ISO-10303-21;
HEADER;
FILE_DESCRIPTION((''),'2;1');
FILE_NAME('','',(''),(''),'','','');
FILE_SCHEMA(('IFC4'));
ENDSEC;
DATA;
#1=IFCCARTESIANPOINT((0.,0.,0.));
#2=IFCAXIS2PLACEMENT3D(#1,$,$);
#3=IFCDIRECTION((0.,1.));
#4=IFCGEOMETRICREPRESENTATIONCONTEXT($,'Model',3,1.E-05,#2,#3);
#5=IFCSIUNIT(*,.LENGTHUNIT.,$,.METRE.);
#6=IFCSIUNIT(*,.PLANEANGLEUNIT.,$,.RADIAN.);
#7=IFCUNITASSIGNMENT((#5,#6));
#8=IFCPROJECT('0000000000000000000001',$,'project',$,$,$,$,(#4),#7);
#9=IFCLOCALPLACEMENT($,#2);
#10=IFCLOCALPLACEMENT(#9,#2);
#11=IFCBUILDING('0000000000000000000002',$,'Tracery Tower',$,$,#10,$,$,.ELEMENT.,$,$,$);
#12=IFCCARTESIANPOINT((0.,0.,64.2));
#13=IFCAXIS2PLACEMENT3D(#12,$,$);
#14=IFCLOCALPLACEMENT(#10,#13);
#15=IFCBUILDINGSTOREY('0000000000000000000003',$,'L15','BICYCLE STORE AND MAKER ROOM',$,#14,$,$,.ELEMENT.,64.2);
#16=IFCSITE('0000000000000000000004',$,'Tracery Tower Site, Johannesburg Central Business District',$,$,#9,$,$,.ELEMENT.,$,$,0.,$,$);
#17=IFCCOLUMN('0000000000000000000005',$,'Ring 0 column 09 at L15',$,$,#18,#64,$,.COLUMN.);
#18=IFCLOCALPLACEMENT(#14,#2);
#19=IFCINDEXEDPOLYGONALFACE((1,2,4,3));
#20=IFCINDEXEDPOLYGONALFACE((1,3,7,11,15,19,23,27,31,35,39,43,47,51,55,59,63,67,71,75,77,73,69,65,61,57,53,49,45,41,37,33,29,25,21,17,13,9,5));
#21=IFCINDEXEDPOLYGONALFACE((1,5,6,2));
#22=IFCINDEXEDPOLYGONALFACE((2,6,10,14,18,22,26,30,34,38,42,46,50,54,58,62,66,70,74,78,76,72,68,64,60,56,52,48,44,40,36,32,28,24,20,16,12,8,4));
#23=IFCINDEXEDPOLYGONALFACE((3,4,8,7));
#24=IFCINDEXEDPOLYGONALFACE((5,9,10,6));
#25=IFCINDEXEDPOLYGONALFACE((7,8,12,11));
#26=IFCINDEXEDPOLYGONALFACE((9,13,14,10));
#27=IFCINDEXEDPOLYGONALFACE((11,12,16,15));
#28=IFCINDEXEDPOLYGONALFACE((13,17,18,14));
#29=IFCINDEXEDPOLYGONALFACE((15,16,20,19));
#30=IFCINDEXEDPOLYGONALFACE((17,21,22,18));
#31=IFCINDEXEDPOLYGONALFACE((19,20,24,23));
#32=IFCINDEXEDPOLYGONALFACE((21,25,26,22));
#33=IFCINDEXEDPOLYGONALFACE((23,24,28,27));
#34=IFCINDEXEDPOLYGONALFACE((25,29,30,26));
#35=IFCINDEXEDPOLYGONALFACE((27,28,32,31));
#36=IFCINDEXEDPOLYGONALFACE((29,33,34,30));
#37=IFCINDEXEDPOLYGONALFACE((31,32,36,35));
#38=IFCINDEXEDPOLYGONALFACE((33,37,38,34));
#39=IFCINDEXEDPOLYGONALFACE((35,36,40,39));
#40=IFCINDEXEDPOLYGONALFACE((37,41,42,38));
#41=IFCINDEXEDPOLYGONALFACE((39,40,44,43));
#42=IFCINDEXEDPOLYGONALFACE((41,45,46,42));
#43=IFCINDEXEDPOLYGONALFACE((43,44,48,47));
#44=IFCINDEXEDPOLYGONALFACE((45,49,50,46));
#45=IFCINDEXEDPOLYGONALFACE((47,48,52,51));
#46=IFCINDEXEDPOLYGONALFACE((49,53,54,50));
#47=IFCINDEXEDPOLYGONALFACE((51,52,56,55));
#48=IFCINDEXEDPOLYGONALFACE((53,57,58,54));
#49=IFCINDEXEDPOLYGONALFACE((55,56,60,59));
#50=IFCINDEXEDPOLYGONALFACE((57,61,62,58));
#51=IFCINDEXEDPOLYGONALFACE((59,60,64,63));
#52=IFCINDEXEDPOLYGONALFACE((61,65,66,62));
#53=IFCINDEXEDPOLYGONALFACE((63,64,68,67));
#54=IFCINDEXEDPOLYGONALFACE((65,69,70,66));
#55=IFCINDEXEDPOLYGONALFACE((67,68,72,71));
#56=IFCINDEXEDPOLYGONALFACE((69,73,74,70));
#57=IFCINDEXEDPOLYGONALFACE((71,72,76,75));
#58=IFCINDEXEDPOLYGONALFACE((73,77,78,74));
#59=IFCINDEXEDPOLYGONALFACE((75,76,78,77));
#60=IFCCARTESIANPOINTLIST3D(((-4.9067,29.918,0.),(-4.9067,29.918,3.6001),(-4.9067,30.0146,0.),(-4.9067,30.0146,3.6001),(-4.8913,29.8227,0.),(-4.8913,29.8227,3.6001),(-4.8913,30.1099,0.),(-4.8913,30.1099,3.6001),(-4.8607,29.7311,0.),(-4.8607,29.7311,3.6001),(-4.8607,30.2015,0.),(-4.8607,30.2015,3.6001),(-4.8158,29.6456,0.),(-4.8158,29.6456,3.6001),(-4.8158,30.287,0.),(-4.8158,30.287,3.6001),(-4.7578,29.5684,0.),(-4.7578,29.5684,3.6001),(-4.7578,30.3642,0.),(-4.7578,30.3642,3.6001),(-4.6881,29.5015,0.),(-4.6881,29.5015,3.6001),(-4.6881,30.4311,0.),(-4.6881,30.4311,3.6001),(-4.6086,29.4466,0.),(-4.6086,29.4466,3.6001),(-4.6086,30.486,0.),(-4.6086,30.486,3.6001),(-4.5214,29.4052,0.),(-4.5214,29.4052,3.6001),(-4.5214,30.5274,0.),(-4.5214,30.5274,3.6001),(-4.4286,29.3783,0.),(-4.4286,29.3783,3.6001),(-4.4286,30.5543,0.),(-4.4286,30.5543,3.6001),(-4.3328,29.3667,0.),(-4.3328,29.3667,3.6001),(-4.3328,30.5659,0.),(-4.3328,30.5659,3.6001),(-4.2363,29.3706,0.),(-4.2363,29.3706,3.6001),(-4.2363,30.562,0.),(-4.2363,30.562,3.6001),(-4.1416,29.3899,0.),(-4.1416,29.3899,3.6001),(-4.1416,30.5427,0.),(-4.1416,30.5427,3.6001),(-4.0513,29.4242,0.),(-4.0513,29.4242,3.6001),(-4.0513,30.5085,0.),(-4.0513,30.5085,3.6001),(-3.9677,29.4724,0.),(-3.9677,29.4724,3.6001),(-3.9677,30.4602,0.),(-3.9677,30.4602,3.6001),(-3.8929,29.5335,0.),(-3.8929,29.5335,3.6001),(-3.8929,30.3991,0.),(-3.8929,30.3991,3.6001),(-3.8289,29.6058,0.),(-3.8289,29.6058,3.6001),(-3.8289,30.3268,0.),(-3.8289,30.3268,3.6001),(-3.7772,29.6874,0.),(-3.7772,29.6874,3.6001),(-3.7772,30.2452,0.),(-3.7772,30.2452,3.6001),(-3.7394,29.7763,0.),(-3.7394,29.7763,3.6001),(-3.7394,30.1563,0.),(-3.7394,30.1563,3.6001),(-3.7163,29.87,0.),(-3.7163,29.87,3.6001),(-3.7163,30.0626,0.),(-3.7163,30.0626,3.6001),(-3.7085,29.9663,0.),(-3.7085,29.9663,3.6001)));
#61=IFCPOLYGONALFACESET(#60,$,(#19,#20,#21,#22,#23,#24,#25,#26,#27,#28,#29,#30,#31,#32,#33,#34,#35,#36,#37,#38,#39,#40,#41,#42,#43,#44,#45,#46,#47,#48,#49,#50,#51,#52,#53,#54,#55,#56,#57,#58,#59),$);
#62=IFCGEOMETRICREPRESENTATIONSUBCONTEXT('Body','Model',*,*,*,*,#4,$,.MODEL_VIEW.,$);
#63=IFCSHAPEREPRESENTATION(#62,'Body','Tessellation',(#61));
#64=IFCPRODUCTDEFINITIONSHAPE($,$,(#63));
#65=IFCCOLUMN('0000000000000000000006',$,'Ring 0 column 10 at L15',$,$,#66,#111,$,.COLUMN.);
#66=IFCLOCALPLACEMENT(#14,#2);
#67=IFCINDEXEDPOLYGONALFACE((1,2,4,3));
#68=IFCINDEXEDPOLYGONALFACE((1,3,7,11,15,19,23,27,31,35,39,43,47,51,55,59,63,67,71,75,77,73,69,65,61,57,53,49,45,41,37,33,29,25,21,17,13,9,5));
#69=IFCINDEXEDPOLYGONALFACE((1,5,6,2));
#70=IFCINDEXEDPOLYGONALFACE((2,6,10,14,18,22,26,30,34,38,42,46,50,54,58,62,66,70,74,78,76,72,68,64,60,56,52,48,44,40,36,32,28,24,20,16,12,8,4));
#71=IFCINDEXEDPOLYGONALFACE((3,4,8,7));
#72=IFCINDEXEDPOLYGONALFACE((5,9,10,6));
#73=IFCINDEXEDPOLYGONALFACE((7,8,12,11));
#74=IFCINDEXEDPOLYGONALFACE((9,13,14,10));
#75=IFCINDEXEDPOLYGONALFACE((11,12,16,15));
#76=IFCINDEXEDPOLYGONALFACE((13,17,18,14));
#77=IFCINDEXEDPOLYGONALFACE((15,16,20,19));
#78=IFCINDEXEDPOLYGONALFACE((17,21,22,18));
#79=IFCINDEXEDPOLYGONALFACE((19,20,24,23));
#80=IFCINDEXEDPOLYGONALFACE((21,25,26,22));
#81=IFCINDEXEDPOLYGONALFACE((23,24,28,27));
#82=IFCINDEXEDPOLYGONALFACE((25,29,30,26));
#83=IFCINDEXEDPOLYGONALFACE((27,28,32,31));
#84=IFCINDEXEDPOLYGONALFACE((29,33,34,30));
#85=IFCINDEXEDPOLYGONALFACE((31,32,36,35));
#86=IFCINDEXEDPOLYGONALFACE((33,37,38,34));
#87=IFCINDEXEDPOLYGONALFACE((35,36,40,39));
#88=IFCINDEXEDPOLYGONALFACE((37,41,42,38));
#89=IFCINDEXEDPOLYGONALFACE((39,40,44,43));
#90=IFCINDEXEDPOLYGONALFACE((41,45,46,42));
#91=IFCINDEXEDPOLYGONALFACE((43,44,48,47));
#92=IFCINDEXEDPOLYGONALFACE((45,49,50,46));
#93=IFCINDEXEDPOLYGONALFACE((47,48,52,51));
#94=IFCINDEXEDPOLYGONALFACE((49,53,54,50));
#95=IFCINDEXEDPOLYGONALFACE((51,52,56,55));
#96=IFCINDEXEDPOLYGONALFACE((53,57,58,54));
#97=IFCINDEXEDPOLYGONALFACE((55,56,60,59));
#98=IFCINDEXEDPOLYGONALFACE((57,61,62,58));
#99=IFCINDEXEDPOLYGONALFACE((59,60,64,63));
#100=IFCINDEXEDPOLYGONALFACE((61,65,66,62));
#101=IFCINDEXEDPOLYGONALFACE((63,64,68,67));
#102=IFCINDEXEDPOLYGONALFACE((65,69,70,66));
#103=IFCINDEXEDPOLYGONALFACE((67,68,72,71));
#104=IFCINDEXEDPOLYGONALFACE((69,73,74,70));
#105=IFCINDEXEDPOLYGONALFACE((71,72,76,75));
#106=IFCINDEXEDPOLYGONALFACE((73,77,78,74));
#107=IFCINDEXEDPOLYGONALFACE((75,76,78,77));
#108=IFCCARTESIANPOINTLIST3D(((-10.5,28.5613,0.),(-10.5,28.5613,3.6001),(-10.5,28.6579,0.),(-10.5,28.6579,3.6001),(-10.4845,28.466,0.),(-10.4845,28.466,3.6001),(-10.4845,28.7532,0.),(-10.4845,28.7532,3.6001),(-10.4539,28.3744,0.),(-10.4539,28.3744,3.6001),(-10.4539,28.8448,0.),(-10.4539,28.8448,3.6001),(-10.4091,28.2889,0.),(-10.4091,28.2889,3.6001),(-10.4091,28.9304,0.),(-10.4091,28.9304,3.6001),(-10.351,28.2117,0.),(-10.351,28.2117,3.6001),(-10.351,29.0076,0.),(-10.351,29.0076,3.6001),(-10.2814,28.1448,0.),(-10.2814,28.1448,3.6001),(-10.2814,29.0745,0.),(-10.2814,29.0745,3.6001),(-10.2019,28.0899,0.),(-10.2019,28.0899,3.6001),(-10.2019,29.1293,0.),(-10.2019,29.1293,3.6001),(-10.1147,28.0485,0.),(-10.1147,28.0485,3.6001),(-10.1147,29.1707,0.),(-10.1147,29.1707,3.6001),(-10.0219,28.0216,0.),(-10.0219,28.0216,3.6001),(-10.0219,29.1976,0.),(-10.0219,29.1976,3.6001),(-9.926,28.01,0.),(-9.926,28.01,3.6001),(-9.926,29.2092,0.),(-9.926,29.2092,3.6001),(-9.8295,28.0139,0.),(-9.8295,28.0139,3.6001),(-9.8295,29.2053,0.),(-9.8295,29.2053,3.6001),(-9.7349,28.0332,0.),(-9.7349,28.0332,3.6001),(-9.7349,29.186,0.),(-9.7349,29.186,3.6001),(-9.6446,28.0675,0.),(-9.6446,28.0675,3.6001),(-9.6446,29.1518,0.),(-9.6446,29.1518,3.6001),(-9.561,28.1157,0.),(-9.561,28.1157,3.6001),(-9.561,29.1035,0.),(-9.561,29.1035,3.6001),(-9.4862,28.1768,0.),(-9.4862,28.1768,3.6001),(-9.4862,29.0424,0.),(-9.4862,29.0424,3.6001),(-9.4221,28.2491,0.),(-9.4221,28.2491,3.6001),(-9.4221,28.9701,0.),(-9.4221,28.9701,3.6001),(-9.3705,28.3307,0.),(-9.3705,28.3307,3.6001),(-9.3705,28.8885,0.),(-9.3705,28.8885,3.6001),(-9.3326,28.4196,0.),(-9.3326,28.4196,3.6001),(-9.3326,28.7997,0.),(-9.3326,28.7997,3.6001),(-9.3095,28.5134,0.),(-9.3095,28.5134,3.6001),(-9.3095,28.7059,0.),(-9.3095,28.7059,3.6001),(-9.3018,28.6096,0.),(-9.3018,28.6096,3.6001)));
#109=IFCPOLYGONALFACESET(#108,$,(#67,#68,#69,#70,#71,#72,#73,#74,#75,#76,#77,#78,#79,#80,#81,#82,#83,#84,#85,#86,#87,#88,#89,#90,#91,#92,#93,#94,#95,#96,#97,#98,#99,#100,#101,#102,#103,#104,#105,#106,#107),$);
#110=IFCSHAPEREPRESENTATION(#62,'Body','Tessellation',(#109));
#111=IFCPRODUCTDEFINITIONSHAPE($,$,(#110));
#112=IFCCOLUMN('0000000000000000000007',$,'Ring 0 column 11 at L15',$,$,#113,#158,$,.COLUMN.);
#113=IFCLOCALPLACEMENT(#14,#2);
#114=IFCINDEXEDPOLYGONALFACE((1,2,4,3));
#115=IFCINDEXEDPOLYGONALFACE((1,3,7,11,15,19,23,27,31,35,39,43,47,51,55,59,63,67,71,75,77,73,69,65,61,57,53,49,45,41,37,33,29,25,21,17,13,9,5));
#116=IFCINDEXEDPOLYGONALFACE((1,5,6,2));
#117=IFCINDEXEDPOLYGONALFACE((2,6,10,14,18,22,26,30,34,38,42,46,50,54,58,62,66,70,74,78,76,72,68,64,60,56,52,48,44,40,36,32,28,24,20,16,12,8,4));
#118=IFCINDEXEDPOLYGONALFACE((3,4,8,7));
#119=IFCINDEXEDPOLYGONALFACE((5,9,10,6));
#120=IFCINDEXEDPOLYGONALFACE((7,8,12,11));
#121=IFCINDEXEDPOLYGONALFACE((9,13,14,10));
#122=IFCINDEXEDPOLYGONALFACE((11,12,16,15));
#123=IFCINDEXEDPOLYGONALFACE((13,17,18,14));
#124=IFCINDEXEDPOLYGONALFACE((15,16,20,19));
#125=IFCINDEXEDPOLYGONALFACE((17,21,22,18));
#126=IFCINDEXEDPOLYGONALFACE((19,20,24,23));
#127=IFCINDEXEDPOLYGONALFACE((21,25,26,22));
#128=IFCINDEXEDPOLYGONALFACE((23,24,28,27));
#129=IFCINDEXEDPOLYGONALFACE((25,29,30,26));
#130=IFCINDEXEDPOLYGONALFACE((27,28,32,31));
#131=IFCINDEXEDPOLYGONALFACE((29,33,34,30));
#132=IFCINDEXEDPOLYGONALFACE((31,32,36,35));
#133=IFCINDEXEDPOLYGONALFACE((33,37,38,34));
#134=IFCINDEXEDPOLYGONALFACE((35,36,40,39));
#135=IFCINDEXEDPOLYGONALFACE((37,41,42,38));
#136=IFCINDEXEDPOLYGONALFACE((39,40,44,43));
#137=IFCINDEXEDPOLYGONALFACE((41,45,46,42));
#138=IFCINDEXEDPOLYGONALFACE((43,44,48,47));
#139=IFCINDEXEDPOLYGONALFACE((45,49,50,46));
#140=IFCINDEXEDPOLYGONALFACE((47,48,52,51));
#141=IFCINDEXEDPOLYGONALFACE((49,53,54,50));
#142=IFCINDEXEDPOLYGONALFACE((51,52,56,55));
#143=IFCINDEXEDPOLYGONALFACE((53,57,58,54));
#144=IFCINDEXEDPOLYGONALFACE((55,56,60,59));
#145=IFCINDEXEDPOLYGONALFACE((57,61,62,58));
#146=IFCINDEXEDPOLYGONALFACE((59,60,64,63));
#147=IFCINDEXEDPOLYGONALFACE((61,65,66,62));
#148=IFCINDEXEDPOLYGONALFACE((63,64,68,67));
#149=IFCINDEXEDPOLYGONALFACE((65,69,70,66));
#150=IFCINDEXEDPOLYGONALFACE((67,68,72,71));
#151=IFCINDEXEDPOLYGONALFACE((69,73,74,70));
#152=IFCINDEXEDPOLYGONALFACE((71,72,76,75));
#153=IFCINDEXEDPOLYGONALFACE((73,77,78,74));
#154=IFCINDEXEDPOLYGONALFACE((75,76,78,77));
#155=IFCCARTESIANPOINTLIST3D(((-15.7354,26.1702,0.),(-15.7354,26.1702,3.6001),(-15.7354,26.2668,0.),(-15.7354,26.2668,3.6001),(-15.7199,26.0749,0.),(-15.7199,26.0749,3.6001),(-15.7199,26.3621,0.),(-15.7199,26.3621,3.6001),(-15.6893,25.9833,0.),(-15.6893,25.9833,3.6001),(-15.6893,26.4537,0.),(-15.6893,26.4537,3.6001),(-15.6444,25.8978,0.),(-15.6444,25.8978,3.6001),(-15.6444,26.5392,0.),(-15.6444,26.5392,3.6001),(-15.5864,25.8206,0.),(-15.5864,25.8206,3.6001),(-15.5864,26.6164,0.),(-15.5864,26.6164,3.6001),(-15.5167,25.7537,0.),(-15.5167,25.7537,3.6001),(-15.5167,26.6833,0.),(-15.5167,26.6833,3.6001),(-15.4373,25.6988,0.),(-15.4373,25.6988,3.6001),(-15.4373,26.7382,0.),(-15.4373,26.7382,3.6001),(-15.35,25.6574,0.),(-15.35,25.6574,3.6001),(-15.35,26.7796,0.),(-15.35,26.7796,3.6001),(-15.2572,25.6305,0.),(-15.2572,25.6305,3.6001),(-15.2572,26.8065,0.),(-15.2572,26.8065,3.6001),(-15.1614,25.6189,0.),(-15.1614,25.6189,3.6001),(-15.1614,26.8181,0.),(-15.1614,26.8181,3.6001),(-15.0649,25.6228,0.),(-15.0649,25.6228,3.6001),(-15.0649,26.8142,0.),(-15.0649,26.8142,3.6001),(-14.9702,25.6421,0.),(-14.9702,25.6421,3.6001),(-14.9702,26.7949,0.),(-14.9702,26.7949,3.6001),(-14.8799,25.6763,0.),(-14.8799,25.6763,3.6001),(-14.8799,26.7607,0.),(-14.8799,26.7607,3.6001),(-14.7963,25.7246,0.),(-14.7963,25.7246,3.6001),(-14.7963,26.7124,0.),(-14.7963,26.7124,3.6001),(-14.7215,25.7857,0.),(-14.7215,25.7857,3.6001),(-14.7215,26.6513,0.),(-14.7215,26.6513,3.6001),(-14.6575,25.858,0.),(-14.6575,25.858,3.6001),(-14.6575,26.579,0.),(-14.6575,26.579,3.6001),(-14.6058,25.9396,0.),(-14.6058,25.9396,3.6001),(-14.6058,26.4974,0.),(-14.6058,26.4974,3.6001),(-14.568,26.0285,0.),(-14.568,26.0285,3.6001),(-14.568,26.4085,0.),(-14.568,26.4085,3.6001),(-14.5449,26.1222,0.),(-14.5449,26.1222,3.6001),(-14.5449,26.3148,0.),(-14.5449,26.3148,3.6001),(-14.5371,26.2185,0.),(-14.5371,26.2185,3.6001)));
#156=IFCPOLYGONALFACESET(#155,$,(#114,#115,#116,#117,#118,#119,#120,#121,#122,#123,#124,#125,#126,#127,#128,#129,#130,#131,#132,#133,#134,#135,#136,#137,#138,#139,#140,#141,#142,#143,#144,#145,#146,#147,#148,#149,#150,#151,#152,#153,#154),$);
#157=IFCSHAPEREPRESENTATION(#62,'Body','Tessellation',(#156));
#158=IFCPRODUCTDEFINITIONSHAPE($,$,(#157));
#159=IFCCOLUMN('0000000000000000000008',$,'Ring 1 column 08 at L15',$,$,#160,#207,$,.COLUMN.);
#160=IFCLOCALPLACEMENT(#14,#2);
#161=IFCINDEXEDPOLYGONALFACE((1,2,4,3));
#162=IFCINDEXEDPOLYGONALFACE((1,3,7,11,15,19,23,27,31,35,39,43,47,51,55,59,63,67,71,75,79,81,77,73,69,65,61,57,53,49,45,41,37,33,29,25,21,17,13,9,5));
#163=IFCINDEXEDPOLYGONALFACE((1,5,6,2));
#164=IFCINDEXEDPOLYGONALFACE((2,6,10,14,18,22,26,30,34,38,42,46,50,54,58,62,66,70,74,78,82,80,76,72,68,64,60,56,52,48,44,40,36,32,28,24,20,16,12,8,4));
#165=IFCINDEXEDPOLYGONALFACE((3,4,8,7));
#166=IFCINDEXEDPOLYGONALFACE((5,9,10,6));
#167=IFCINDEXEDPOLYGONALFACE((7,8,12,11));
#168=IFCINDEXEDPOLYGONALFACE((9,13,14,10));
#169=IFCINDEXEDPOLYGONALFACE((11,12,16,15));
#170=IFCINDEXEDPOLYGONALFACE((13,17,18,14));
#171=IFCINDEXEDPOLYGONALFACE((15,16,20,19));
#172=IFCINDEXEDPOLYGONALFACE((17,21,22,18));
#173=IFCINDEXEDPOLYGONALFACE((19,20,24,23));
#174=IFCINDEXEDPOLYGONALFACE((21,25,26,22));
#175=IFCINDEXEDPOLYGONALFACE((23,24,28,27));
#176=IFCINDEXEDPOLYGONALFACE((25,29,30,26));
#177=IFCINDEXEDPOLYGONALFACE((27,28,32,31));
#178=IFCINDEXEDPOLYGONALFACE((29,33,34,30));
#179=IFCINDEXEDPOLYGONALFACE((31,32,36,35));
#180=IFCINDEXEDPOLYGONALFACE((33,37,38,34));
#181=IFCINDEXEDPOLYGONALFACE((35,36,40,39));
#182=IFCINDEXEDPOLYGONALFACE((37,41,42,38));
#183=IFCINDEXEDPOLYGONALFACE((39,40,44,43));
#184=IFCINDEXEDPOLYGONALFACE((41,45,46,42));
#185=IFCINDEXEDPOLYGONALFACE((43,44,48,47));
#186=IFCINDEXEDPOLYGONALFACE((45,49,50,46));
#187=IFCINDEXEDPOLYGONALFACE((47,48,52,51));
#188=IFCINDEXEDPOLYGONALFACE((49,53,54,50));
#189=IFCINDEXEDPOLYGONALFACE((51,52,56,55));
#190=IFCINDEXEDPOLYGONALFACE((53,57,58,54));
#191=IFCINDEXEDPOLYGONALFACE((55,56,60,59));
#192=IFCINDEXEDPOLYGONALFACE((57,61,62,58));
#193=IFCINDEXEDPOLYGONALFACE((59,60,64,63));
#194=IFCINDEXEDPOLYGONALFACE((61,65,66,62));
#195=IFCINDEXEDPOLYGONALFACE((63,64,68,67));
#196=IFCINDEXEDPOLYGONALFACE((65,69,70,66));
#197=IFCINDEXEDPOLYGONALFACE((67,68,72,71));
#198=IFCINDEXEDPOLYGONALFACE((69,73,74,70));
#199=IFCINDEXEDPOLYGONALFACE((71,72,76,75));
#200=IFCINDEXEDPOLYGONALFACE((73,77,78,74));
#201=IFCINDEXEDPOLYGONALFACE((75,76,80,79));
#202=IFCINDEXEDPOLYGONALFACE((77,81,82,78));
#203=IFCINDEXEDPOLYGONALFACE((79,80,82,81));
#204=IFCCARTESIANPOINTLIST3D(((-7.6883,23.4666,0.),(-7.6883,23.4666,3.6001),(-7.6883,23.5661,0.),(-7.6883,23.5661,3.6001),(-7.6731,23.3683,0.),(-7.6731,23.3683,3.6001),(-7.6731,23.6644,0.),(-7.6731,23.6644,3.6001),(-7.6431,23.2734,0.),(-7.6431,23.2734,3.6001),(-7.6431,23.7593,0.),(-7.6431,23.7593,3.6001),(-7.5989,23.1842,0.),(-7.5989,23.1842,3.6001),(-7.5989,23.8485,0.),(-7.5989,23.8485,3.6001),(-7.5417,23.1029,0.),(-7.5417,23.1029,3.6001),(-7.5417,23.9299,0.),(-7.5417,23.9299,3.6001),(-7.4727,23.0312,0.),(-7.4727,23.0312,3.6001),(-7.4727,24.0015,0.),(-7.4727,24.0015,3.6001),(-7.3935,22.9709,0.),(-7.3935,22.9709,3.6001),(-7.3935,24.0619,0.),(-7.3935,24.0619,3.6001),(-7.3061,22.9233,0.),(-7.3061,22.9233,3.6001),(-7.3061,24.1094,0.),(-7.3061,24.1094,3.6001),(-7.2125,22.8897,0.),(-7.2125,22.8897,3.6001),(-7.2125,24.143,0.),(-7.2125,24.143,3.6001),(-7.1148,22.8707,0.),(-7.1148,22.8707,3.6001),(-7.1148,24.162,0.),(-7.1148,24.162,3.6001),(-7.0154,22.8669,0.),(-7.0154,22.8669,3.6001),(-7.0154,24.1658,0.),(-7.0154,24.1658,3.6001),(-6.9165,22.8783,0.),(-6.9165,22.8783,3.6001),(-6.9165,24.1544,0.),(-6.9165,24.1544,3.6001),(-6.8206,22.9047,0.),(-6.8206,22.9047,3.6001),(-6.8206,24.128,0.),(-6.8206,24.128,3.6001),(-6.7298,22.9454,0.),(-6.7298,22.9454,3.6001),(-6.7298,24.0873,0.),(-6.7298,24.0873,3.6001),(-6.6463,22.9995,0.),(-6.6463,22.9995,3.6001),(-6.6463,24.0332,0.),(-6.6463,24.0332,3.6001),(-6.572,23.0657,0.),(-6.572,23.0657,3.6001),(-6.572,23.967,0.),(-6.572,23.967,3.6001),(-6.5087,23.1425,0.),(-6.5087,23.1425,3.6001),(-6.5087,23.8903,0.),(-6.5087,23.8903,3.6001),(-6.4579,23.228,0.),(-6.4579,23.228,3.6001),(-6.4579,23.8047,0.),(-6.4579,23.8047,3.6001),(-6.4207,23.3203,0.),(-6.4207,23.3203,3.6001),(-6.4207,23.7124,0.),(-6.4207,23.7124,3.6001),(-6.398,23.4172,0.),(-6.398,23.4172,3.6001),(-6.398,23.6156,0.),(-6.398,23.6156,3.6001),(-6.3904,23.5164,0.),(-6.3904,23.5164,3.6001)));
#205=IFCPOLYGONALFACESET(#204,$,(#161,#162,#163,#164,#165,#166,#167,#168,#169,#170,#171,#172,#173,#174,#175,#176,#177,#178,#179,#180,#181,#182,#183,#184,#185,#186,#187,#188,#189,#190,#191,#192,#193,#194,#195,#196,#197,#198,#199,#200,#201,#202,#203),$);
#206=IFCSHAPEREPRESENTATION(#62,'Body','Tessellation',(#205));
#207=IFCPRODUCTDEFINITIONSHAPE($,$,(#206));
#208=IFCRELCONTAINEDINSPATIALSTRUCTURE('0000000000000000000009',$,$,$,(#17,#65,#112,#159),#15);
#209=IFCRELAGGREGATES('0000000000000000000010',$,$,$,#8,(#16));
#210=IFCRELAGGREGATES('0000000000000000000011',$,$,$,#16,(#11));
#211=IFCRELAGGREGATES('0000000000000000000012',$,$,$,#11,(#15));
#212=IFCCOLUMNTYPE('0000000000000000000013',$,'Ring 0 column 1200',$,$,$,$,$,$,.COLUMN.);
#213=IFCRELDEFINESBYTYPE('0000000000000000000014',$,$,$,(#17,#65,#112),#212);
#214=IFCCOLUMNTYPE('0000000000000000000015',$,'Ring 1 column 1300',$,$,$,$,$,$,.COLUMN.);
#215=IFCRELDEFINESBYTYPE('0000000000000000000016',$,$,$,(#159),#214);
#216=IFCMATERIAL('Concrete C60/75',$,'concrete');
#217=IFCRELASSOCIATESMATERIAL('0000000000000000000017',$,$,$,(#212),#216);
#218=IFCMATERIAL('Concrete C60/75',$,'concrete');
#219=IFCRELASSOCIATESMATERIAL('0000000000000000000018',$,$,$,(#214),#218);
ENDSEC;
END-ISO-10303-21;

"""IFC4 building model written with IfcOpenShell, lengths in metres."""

from ifc_helpers import new_model, si_unit, direction, frame, origin, origin_2d, place, context, subcontext, project, spatial, circle, extrude, material, material_profile, profile_set, type_object, element, save


model = new_model("IFC4")

# Units and contexts
model_context = context("Model", 3, precision=1e-05, world=origin(), true_north=direction((0.0, 1.0)))
body_context = subcontext(model_context, "Body", "Model", "MODEL_VIEW")
ifc_project = project(units=[si_unit("LENGTHUNIT", "METRE"), si_unit("PLANEANGLEUNIT", "RADIAN")], contexts=[model_context])

# Site, building, storey
site_placement = place(None, origin())
site = spatial("IfcSite", under=ifc_project, at=site_placement, Name="Tracery Tower Site, Johannesburg Central Business District", CompositionType="ELEMENT", RefElevation=0.0)
building_placement = place(site_placement, origin())
building = spatial("IfcBuilding", under=site, at=building_placement, Name="Tracery Tower", CompositionType="ELEMENT")
storey_placement = place(building_placement, frame((0.0, 0.0, 64.2)))
storey = spatial("IfcBuildingStorey", under=building, at=storey_placement, Name="L15", Description="BICYCLE STORE AND MAKER ROOM", CompositionType="ELEMENT", Elevation=64.2)

# Columns
ifc_material_1 = material(Name="Concrete C60/75", Category="concrete")
ifc_material_profile_1 = material_profile(ifc_material_1, circle(Radius=0.6001, at=origin_2d()), Name="RC D1200")
ifc_profile_set_1 = profile_set([ifc_material_profile_1], Name="Concrete C60/75")
column_type_1 = type_object("IfcColumnType", Name="Ring 0 column 1200", PredefinedType="COLUMN", material=ifc_profile_set_1)
for number, where, z_axis, x_axis, name in (
    (1, (-4.3086, 29.9663, 0.0), (0.0, 0.0, 1.0), (1.0, 0.0, 0.0), "Ring 0 column 09 at L15"),
    (2, (-9.9019, 28.6096, 0.0), (0.0, 0.0, 1.0), (1.0, 0.0, 0.0), "Ring 0 column 10 at L15"),
    (3, (-15.1372, 26.2185, 0.0), (0.0, 0.0, 1.0), (1.0, 0.0, 0.0), "Ring 0 column 11 at L15"),
):
    element("IfcColumn", number, at=place(storey_placement, frame(where, z_axis=z_axis, x_axis=x_axis)), inside=storey, type_object=column_type_1, Name=name, PredefinedType="COLUMN", context=body_context, shape_type="SweptSolid", body=[
        extrude(circle(Radius=0.6001, at=origin_2d()), origin(), (0.0, 0.0, 1.0), 3.6001),
    ])
ifc_material_2 = material(Name="Concrete C60/75", Category="concrete")
ifc_material_profile_2 = material_profile(ifc_material_2, circle(Radius=0.6499, at=origin_2d()), Name="RC D1300")
ifc_profile_set_2 = profile_set([ifc_material_profile_2], Name="Concrete C60/75")
column_type_2 = type_object("IfcColumnType", Name="Ring 1 column 1300", PredefinedType="COLUMN", material=ifc_profile_set_2)
for number, where, z_axis, x_axis, name in (
    (4, (-7.0403, 23.5164, 0.0), (0.0, 0.0, 1.0), (1.0, 0.0, 0.0), "Ring 1 column 08 at L15"),
):
    element("IfcColumn", number, at=place(storey_placement, frame(where, z_axis=z_axis, x_axis=x_axis)), inside=storey, type_object=column_type_2, Name=name, PredefinedType="COLUMN", context=body_context, shape_type="SweptSolid", body=[
        extrude(circle(Radius=0.6499, at=origin_2d()), origin(), (0.0, 0.0, 1.0), 3.6001),
    ])

save(model, "model.ifc")
